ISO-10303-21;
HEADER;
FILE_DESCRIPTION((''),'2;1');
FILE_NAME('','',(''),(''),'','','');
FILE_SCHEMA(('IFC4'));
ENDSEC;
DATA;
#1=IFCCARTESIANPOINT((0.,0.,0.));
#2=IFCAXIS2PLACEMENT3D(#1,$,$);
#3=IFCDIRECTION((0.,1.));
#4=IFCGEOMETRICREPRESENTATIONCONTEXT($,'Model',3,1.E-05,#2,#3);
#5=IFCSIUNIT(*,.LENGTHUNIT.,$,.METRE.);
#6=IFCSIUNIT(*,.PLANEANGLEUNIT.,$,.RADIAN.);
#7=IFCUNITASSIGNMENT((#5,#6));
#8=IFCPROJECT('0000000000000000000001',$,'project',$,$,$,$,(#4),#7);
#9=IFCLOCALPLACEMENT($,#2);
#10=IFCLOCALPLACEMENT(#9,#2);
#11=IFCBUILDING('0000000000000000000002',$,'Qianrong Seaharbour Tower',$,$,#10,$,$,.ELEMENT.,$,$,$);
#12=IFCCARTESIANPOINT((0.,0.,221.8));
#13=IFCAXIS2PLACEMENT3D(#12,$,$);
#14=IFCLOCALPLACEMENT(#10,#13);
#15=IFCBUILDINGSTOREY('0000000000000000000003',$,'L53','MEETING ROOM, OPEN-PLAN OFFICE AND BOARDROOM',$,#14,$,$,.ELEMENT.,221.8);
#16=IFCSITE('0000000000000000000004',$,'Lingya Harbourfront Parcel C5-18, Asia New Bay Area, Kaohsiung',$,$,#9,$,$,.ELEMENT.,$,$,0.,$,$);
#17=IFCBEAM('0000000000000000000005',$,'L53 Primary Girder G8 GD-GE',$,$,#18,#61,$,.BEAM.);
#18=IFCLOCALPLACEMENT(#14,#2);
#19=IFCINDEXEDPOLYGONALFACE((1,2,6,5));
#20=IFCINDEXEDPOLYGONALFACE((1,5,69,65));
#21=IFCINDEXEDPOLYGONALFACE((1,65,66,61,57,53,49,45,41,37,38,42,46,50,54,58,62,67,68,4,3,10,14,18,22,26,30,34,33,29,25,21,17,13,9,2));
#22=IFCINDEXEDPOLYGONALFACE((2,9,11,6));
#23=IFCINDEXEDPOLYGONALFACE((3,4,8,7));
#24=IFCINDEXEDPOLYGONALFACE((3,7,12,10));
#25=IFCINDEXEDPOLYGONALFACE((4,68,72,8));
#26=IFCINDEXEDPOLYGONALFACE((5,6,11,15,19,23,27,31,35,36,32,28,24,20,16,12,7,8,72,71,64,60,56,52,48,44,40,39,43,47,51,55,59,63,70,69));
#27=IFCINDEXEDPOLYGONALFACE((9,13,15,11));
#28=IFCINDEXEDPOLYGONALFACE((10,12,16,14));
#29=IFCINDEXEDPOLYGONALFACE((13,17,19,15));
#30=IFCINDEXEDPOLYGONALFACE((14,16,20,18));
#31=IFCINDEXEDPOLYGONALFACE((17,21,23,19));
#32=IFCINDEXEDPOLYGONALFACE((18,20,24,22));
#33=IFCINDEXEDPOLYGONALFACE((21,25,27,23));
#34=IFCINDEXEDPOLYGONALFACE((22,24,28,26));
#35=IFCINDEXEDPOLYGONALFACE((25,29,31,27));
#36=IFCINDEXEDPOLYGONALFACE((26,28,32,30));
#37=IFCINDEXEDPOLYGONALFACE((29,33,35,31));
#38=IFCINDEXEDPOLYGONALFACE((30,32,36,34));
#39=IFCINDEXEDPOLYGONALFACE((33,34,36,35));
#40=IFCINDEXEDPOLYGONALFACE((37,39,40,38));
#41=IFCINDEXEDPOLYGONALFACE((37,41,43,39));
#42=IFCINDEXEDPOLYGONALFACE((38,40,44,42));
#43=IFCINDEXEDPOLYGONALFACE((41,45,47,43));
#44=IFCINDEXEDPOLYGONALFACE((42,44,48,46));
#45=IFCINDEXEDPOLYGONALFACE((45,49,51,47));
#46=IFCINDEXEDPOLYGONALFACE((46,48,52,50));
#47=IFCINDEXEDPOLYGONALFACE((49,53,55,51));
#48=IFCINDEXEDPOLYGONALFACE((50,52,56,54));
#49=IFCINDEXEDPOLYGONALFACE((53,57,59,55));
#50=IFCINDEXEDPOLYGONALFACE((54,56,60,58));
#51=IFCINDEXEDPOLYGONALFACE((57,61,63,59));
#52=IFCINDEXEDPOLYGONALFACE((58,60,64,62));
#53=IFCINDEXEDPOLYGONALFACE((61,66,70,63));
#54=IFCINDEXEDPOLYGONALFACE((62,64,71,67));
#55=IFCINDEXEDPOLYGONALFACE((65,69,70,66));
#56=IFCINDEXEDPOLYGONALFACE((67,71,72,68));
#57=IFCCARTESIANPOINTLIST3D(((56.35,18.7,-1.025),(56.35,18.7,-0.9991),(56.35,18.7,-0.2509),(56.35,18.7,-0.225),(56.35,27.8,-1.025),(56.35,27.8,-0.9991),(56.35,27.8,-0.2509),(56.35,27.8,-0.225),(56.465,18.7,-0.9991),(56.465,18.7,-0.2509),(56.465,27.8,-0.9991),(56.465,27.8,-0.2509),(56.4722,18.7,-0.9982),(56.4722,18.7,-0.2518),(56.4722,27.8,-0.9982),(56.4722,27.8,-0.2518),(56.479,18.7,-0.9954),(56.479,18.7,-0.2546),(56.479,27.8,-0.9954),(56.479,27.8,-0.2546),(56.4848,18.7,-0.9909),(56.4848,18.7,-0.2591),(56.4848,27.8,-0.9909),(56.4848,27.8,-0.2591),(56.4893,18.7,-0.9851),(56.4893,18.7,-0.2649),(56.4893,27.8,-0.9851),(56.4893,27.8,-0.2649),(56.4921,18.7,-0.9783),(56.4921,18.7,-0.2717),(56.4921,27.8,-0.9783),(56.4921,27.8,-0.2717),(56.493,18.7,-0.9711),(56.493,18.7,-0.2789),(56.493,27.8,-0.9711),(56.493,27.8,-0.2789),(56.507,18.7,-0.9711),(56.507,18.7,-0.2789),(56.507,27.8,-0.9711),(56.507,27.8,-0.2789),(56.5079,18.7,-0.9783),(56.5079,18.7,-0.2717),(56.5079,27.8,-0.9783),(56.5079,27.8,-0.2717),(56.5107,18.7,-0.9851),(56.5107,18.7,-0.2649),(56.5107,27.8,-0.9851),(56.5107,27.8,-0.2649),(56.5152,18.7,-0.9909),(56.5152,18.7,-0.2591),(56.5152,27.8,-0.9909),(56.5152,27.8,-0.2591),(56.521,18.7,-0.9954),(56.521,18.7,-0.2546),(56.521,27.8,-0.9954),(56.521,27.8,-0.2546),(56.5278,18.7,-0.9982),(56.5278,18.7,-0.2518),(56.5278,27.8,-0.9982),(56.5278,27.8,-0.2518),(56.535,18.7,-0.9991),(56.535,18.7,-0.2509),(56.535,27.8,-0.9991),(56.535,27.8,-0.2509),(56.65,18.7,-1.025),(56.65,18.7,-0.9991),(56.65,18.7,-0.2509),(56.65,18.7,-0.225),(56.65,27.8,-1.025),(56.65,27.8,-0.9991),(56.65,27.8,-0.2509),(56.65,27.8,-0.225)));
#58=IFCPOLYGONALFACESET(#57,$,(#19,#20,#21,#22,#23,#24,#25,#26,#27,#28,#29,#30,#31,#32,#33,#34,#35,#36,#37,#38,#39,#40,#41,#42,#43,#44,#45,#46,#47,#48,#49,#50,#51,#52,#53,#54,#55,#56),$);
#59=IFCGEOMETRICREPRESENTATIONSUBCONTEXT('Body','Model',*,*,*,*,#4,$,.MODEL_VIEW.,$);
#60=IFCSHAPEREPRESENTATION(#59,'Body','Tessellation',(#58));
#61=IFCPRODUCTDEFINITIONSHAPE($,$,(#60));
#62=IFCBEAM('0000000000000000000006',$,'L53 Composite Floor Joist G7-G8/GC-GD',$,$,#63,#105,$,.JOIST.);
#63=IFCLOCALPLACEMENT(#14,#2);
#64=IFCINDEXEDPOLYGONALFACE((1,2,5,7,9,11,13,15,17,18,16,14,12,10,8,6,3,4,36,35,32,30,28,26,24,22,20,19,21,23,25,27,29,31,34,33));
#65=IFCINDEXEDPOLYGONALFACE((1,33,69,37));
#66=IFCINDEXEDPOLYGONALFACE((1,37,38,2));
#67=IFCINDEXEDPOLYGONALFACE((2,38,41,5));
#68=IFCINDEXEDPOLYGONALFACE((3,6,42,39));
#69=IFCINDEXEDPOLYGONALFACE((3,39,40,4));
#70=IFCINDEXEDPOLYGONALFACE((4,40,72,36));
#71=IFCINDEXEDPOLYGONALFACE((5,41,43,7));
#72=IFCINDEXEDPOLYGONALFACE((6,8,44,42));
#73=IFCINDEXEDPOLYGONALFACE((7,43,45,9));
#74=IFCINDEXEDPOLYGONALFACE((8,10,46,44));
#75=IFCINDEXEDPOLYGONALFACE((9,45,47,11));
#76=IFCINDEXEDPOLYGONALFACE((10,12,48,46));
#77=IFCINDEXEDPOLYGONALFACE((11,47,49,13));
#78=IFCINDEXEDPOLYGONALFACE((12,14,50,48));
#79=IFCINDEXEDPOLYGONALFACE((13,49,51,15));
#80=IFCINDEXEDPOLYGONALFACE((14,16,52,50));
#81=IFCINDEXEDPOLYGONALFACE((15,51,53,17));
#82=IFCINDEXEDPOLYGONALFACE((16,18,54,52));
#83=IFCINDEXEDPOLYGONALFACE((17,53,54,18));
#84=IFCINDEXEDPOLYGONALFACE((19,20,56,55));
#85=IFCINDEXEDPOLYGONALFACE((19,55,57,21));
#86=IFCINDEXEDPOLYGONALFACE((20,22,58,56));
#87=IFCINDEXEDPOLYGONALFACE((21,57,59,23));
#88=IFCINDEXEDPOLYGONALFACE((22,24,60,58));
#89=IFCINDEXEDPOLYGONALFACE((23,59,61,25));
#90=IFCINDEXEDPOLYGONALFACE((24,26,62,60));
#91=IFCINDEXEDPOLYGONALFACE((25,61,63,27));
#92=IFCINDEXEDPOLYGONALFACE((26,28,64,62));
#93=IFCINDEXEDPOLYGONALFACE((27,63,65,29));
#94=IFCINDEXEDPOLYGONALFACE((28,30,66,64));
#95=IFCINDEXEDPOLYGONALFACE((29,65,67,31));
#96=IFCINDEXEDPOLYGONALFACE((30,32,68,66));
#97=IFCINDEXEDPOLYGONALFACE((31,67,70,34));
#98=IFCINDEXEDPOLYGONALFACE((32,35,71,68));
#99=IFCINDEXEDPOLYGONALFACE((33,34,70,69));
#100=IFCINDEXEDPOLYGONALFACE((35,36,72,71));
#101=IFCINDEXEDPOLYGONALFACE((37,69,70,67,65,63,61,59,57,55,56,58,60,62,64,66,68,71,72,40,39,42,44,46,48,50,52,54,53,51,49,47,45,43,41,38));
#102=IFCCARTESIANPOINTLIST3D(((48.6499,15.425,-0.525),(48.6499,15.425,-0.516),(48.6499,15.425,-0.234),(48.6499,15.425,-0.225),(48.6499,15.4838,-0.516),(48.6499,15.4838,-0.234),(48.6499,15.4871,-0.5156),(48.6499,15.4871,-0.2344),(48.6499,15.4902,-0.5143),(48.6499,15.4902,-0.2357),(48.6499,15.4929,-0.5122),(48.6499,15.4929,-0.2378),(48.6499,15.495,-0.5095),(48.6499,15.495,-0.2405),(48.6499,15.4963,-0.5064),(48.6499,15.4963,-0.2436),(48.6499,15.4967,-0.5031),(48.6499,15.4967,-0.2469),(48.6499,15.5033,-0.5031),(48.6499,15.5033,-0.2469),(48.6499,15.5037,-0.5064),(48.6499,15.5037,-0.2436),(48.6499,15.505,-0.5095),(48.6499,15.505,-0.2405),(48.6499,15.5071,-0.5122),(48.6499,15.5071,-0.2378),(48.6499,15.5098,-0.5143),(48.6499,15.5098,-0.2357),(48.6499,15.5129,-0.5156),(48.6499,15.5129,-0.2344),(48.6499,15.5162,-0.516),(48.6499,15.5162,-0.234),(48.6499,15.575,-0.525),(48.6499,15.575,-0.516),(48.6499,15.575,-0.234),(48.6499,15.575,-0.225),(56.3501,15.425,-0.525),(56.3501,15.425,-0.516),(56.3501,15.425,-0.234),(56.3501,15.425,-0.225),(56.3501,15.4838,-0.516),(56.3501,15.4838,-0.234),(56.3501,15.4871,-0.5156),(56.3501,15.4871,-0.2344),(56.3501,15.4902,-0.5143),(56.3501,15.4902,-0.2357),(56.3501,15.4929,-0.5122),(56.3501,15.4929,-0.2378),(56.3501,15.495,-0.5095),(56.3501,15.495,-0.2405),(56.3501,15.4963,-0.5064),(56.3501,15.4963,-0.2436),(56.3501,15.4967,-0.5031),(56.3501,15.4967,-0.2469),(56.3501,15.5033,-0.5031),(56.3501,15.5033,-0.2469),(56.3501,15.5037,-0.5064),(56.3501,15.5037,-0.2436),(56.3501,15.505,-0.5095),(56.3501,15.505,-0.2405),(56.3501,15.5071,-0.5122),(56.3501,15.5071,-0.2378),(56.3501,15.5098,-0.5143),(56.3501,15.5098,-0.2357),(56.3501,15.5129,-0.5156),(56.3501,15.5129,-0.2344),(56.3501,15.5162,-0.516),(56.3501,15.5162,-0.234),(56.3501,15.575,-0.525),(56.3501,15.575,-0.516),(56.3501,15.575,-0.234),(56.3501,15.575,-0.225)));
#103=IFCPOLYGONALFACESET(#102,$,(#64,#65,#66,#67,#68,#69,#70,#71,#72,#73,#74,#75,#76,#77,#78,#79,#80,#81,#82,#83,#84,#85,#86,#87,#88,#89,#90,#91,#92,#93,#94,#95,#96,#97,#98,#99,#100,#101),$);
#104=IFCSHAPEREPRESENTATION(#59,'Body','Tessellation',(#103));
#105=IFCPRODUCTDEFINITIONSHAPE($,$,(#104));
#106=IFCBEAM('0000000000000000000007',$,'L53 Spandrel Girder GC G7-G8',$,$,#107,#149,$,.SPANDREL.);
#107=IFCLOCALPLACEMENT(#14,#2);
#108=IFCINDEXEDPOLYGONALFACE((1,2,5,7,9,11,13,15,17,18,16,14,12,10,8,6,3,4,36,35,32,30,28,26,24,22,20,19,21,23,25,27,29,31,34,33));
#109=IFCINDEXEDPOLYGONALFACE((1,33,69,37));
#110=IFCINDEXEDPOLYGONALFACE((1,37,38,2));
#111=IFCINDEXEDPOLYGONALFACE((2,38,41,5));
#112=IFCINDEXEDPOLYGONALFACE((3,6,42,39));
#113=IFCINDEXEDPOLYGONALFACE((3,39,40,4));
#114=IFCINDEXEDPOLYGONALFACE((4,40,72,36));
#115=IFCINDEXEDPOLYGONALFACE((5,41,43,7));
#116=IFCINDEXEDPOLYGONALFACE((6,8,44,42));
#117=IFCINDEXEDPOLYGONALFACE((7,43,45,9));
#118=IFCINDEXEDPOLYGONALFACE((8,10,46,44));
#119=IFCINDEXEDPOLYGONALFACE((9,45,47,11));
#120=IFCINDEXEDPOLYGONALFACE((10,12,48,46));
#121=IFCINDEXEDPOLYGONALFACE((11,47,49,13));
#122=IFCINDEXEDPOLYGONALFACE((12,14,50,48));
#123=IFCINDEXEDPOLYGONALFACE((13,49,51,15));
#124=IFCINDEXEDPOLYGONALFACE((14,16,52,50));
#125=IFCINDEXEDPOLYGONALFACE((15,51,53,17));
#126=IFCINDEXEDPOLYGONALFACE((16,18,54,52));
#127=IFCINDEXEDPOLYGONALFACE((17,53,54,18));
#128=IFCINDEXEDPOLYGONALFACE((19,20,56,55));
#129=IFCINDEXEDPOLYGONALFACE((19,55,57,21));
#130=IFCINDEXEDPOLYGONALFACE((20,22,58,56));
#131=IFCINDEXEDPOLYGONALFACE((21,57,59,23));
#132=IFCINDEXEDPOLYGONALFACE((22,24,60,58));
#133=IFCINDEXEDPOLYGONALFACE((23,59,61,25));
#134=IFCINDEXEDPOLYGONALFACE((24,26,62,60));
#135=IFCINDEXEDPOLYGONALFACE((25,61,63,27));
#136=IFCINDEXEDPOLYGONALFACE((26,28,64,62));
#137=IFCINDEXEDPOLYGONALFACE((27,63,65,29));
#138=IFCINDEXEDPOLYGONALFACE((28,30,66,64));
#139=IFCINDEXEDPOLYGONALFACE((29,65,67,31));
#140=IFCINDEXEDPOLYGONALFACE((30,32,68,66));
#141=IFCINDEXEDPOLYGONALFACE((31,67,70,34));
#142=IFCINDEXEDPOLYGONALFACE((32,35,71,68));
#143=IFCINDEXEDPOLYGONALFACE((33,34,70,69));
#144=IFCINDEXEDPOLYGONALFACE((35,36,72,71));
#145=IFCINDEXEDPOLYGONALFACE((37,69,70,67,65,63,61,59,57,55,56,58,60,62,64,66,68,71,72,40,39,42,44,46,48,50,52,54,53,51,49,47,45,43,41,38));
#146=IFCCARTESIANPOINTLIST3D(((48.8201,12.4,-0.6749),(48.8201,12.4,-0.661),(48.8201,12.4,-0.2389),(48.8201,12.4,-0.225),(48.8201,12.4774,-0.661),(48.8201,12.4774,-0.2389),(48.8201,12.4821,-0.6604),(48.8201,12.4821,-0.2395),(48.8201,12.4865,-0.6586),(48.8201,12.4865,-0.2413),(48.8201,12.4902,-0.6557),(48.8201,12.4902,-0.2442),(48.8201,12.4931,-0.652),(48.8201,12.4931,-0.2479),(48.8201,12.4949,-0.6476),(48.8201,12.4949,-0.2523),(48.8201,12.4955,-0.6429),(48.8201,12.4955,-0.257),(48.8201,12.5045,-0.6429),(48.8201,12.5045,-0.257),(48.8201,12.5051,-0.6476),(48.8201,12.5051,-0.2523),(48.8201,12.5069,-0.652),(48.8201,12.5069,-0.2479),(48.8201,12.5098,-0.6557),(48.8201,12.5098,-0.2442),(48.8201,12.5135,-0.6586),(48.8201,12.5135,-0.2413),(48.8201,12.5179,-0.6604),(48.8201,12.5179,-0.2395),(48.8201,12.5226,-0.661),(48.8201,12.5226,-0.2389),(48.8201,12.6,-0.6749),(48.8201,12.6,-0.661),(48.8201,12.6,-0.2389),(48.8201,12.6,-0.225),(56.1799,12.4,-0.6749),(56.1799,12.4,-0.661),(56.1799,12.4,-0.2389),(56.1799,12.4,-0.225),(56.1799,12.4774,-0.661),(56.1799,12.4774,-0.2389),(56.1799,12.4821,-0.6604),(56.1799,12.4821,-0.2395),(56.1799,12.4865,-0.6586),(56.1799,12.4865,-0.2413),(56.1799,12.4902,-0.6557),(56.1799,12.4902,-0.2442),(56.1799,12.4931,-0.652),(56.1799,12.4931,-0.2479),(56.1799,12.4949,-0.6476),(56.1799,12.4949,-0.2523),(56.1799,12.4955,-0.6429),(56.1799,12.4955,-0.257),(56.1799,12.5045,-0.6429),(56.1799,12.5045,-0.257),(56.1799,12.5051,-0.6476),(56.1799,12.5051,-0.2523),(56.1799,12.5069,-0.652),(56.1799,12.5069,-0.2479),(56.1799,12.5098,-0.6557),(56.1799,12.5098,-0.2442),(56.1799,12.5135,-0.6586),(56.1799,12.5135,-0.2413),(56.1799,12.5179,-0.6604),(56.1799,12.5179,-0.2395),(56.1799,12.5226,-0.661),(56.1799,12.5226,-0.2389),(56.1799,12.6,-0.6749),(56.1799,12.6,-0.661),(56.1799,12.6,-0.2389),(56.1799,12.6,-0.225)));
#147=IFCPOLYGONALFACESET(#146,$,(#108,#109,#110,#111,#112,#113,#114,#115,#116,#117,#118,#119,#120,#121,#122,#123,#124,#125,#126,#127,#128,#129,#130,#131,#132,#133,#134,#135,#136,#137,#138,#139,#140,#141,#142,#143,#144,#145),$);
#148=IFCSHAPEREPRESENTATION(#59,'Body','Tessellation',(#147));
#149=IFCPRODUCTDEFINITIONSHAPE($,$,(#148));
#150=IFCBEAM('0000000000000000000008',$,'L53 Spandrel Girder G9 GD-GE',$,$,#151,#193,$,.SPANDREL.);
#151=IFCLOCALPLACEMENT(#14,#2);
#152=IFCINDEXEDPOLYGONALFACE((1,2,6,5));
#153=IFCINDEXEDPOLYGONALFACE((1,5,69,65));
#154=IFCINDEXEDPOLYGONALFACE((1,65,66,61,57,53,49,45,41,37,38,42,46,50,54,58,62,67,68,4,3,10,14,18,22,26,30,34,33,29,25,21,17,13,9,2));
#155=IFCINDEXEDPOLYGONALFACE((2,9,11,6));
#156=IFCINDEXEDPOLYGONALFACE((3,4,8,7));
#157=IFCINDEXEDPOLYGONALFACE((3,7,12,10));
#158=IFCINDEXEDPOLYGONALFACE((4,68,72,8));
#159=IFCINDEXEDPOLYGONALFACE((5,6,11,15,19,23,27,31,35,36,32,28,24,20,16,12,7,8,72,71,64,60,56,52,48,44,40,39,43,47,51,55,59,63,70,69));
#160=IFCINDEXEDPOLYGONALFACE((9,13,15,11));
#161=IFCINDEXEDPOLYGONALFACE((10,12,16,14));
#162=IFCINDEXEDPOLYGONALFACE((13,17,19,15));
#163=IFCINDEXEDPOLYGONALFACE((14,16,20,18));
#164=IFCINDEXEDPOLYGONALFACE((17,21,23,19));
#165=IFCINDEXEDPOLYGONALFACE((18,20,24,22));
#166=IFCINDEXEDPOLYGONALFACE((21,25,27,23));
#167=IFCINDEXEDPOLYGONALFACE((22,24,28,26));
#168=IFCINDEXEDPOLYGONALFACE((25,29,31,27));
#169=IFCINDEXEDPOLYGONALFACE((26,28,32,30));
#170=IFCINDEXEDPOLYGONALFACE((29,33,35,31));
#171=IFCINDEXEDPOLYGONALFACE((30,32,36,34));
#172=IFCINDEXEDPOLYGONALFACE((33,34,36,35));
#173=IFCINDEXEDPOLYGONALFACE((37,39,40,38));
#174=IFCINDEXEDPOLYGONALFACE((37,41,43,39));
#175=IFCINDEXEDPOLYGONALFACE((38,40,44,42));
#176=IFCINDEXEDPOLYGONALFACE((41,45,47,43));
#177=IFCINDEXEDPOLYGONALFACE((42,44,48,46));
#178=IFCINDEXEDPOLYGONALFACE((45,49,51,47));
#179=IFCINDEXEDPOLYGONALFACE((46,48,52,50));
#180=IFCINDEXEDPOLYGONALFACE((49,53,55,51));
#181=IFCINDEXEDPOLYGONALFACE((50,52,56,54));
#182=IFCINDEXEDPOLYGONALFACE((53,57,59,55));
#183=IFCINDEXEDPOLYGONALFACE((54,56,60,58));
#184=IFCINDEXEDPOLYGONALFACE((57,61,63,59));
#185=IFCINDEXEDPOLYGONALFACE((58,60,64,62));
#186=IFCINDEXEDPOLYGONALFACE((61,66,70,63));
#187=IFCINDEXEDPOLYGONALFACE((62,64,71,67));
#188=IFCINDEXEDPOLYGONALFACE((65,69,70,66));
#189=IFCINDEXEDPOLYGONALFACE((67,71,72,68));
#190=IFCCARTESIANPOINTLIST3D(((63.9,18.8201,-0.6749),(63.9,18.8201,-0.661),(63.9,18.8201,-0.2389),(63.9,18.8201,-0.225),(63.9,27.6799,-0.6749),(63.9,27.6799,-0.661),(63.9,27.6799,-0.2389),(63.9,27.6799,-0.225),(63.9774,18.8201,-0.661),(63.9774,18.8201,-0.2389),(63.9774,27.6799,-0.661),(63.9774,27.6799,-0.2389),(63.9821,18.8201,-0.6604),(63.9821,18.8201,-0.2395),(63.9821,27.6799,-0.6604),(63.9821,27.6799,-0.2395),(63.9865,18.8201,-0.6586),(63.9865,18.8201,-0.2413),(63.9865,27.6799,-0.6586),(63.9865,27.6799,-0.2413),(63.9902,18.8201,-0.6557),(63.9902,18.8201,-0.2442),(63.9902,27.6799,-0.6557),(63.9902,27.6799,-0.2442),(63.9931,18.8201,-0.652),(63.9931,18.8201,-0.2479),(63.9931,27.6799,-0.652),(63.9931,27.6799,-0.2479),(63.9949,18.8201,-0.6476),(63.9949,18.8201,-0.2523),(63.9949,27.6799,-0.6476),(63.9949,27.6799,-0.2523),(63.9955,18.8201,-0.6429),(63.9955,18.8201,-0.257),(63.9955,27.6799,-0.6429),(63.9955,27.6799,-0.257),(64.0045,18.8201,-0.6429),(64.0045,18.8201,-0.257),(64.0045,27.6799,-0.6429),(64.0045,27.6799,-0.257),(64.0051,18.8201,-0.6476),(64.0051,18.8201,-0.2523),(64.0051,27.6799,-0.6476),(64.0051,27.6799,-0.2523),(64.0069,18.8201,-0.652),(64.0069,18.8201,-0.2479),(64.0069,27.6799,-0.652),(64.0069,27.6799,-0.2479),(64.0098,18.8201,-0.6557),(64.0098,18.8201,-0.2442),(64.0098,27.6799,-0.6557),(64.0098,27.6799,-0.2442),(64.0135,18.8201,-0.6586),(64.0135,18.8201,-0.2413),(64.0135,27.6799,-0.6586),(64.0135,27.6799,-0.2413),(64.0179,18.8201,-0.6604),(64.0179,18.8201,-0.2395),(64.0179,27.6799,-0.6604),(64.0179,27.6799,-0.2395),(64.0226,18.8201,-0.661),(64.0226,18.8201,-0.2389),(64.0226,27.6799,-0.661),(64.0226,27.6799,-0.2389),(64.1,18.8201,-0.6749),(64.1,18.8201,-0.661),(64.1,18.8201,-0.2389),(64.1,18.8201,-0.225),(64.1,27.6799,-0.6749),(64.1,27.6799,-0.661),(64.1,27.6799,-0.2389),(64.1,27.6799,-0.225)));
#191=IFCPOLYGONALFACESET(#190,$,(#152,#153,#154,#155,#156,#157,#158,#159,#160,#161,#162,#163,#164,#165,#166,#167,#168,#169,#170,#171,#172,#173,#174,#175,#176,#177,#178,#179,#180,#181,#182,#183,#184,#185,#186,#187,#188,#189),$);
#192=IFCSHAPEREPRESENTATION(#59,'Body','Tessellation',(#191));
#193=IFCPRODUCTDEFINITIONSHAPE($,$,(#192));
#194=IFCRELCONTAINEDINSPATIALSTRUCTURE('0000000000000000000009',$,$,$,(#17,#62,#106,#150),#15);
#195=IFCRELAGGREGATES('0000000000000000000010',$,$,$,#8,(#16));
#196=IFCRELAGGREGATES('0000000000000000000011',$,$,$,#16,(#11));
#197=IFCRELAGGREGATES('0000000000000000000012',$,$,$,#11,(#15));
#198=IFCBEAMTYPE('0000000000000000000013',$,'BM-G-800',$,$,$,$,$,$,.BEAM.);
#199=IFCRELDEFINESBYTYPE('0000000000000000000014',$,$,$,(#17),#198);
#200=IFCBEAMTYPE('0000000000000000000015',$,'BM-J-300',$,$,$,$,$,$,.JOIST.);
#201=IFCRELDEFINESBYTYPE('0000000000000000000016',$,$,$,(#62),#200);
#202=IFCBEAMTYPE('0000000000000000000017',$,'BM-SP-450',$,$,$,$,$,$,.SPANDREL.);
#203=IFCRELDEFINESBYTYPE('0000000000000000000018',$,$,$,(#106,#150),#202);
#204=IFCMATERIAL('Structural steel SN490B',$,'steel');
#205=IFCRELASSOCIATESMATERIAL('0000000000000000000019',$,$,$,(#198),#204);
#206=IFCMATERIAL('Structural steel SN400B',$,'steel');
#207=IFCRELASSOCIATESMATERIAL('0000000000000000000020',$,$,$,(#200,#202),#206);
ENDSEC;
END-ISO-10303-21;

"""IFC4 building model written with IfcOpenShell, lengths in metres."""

from ifc_helpers import new_model, si_unit, direction, frame, origin, origin_2d, place, context, subcontext, project, spatial, i_section, extrude, material, material_profile, profile_set, type_object, element, save


model = new_model("IFC4")

# Units and contexts
model_context = context("Model", 3, precision=1e-05, world=origin(), true_north=direction((0.0, 1.0)))
body_context = subcontext(model_context, "Body", "Model", "MODEL_VIEW")
ifc_project = project(units=[si_unit("LENGTHUNIT", "METRE"), si_unit("PLANEANGLEUNIT", "RADIAN")], contexts=[model_context])

# Site, building, storey
site_placement = place(None, origin())
site = spatial("IfcSite", under=ifc_project, at=site_placement, Name="Lingya Harbourfront Parcel C5-18, Asia New Bay Area, Kaohsiung", CompositionType="ELEMENT", RefElevation=0.0)
building_placement = place(site_placement, origin())
building = spatial("IfcBuilding", under=site, at=building_placement, Name="Qianrong Seaharbour Tower", CompositionType="ELEMENT")
storey_placement = place(building_placement, frame((0.0, 0.0, 221.8)))
storey = spatial("IfcBuildingStorey", under=building, at=storey_placement, Name="L53", Description="MEETING ROOM, OPEN-PLAN OFFICE AND BOARDROOM", CompositionType="ELEMENT", Elevation=221.8)

# Shared definitions
ifc_material_1 = material(Name="Structural steel SN490B", Category="steel")

# Beams
ifc_material_profile_1 = material_profile(ifc_material_1, i_section(OverallWidth=0.3, OverallDepth=0.8, WebThickness=0.0139, FlangeThickness=0.0259, FilletRadius=0.0281, at=origin_2d()), Name="H800x300x14x26")
ifc_profile_set_1 = profile_set([ifc_material_profile_1], Name="Structural steel SN490B")
beam_type_1 = type_object("IfcBeamType", Name="BM-G-800", PredefinedType="BEAM", material=ifc_profile_set_1)
for number, where, z_axis, x_axis, name in (
    (1, (56.5, 18.7, -0.625), (0.0, 1.0, 0.0), (-1.0, 0.0, 0.0), "L53 Primary Girder G8 GD-GE"),
):
    element("IfcBeam", number, at=place(storey_placement, frame(where, z_axis=z_axis, x_axis=x_axis)), inside=storey, type_object=beam_type_1, Name=name, PredefinedType="BEAM", context=body_context, shape_type="SweptSolid", body=[
        extrude(i_section(OverallWidth=0.3, OverallDepth=0.8, WebThickness=0.0139, FlangeThickness=0.0259, FilletRadius=0.0281, at=origin_2d()), origin(), (0.0, 0.0, 1.0), 9.1001),
    ])
ifc_material_2 = material(Name="Structural steel SN400B", Category="steel")
ifc_material_profile_2 = material_profile(ifc_material_2, i_section(OverallWidth=0.1499, OverallDepth=0.3, WebThickness=0.0066, FlangeThickness=0.009, FilletRadius=0.0129, at=origin_2d()), Name="H300x150x6.5x9")
ifc_profile_set_2 = profile_set([ifc_material_profile_2], Name="Structural steel SN400B")
beam_type_2 = type_object("IfcBeamType", Name="BM-J-300", PredefinedType="JOIST", material=ifc_profile_set_2)
beam_1_placement = place(storey_placement, frame((48.6499, 15.5, -0.375), z_axis=(1.0, 0.0, 0.0), x_axis=(0.0, 1.0, 0.0)))
element("IfcBeam", 2, at=beam_1_placement, inside=storey, type_object=beam_type_2, Name="L53 Composite Floor Joist G7-G8/GC-GD", PredefinedType="JOIST", context=body_context, shape_type="SweptSolid", body=[
    extrude(i_section(OverallWidth=0.1499, OverallDepth=0.3, WebThickness=0.0066, FlangeThickness=0.009, FilletRadius=0.0129, at=origin_2d()), origin(), (0.0, 0.0, 1.0), 7.7002),
])
ifc_material_profile_3 = material_profile(ifc_material_2, i_section(OverallWidth=0.2, OverallDepth=0.45, WebThickness=0.009, FlangeThickness=0.0139, FilletRadius=0.0181, at=origin_2d()), Name="H450x200x9x14")
ifc_profile_set_3 = profile_set([ifc_material_profile_3], Name="Structural steel SN400B")
beam_type_3 = type_object("IfcBeamType", Name="BM-SP-450", PredefinedType="SPANDREL", material=ifc_profile_set_3)
beam_2_placement = place(storey_placement, frame((48.8201, 12.5, -0.45), z_axis=(1.0, 0.0, 0.0), x_axis=(0.0, 1.0, 0.0)))
element("IfcBeam", 3, at=beam_2_placement, inside=storey, type_object=beam_type_3, Name="L53 Spandrel Girder GC G7-G8", PredefinedType="SPANDREL", context=body_context, shape_type="SweptSolid", body=[
    extrude(i_section(OverallWidth=0.2, OverallDepth=0.45, WebThickness=0.009, FlangeThickness=0.0139, FilletRadius=0.0181, at=origin_2d()), origin(), (0.0, 0.0, 1.0), 7.3599),
])
beam_3_placement = place(storey_placement, frame((64.0, 18.8201, -0.45), z_axis=(0.0, 1.0, 0.0), x_axis=(-1.0, 0.0, 0.0)))
element("IfcBeam", 4, at=beam_3_placement, inside=storey, type_object=beam_type_3, Name="L53 Spandrel Girder G9 GD-GE", PredefinedType="SPANDREL", context=body_context, shape_type="SweptSolid", body=[
    extrude(i_section(OverallWidth=0.2, OverallDepth=0.45, WebThickness=0.009, FlangeThickness=0.0139, FilletRadius=0.0181, at=origin_2d()), origin(), (0.0, 0.0, 1.0), 8.8599),
])

save(model, "model.ifc")
